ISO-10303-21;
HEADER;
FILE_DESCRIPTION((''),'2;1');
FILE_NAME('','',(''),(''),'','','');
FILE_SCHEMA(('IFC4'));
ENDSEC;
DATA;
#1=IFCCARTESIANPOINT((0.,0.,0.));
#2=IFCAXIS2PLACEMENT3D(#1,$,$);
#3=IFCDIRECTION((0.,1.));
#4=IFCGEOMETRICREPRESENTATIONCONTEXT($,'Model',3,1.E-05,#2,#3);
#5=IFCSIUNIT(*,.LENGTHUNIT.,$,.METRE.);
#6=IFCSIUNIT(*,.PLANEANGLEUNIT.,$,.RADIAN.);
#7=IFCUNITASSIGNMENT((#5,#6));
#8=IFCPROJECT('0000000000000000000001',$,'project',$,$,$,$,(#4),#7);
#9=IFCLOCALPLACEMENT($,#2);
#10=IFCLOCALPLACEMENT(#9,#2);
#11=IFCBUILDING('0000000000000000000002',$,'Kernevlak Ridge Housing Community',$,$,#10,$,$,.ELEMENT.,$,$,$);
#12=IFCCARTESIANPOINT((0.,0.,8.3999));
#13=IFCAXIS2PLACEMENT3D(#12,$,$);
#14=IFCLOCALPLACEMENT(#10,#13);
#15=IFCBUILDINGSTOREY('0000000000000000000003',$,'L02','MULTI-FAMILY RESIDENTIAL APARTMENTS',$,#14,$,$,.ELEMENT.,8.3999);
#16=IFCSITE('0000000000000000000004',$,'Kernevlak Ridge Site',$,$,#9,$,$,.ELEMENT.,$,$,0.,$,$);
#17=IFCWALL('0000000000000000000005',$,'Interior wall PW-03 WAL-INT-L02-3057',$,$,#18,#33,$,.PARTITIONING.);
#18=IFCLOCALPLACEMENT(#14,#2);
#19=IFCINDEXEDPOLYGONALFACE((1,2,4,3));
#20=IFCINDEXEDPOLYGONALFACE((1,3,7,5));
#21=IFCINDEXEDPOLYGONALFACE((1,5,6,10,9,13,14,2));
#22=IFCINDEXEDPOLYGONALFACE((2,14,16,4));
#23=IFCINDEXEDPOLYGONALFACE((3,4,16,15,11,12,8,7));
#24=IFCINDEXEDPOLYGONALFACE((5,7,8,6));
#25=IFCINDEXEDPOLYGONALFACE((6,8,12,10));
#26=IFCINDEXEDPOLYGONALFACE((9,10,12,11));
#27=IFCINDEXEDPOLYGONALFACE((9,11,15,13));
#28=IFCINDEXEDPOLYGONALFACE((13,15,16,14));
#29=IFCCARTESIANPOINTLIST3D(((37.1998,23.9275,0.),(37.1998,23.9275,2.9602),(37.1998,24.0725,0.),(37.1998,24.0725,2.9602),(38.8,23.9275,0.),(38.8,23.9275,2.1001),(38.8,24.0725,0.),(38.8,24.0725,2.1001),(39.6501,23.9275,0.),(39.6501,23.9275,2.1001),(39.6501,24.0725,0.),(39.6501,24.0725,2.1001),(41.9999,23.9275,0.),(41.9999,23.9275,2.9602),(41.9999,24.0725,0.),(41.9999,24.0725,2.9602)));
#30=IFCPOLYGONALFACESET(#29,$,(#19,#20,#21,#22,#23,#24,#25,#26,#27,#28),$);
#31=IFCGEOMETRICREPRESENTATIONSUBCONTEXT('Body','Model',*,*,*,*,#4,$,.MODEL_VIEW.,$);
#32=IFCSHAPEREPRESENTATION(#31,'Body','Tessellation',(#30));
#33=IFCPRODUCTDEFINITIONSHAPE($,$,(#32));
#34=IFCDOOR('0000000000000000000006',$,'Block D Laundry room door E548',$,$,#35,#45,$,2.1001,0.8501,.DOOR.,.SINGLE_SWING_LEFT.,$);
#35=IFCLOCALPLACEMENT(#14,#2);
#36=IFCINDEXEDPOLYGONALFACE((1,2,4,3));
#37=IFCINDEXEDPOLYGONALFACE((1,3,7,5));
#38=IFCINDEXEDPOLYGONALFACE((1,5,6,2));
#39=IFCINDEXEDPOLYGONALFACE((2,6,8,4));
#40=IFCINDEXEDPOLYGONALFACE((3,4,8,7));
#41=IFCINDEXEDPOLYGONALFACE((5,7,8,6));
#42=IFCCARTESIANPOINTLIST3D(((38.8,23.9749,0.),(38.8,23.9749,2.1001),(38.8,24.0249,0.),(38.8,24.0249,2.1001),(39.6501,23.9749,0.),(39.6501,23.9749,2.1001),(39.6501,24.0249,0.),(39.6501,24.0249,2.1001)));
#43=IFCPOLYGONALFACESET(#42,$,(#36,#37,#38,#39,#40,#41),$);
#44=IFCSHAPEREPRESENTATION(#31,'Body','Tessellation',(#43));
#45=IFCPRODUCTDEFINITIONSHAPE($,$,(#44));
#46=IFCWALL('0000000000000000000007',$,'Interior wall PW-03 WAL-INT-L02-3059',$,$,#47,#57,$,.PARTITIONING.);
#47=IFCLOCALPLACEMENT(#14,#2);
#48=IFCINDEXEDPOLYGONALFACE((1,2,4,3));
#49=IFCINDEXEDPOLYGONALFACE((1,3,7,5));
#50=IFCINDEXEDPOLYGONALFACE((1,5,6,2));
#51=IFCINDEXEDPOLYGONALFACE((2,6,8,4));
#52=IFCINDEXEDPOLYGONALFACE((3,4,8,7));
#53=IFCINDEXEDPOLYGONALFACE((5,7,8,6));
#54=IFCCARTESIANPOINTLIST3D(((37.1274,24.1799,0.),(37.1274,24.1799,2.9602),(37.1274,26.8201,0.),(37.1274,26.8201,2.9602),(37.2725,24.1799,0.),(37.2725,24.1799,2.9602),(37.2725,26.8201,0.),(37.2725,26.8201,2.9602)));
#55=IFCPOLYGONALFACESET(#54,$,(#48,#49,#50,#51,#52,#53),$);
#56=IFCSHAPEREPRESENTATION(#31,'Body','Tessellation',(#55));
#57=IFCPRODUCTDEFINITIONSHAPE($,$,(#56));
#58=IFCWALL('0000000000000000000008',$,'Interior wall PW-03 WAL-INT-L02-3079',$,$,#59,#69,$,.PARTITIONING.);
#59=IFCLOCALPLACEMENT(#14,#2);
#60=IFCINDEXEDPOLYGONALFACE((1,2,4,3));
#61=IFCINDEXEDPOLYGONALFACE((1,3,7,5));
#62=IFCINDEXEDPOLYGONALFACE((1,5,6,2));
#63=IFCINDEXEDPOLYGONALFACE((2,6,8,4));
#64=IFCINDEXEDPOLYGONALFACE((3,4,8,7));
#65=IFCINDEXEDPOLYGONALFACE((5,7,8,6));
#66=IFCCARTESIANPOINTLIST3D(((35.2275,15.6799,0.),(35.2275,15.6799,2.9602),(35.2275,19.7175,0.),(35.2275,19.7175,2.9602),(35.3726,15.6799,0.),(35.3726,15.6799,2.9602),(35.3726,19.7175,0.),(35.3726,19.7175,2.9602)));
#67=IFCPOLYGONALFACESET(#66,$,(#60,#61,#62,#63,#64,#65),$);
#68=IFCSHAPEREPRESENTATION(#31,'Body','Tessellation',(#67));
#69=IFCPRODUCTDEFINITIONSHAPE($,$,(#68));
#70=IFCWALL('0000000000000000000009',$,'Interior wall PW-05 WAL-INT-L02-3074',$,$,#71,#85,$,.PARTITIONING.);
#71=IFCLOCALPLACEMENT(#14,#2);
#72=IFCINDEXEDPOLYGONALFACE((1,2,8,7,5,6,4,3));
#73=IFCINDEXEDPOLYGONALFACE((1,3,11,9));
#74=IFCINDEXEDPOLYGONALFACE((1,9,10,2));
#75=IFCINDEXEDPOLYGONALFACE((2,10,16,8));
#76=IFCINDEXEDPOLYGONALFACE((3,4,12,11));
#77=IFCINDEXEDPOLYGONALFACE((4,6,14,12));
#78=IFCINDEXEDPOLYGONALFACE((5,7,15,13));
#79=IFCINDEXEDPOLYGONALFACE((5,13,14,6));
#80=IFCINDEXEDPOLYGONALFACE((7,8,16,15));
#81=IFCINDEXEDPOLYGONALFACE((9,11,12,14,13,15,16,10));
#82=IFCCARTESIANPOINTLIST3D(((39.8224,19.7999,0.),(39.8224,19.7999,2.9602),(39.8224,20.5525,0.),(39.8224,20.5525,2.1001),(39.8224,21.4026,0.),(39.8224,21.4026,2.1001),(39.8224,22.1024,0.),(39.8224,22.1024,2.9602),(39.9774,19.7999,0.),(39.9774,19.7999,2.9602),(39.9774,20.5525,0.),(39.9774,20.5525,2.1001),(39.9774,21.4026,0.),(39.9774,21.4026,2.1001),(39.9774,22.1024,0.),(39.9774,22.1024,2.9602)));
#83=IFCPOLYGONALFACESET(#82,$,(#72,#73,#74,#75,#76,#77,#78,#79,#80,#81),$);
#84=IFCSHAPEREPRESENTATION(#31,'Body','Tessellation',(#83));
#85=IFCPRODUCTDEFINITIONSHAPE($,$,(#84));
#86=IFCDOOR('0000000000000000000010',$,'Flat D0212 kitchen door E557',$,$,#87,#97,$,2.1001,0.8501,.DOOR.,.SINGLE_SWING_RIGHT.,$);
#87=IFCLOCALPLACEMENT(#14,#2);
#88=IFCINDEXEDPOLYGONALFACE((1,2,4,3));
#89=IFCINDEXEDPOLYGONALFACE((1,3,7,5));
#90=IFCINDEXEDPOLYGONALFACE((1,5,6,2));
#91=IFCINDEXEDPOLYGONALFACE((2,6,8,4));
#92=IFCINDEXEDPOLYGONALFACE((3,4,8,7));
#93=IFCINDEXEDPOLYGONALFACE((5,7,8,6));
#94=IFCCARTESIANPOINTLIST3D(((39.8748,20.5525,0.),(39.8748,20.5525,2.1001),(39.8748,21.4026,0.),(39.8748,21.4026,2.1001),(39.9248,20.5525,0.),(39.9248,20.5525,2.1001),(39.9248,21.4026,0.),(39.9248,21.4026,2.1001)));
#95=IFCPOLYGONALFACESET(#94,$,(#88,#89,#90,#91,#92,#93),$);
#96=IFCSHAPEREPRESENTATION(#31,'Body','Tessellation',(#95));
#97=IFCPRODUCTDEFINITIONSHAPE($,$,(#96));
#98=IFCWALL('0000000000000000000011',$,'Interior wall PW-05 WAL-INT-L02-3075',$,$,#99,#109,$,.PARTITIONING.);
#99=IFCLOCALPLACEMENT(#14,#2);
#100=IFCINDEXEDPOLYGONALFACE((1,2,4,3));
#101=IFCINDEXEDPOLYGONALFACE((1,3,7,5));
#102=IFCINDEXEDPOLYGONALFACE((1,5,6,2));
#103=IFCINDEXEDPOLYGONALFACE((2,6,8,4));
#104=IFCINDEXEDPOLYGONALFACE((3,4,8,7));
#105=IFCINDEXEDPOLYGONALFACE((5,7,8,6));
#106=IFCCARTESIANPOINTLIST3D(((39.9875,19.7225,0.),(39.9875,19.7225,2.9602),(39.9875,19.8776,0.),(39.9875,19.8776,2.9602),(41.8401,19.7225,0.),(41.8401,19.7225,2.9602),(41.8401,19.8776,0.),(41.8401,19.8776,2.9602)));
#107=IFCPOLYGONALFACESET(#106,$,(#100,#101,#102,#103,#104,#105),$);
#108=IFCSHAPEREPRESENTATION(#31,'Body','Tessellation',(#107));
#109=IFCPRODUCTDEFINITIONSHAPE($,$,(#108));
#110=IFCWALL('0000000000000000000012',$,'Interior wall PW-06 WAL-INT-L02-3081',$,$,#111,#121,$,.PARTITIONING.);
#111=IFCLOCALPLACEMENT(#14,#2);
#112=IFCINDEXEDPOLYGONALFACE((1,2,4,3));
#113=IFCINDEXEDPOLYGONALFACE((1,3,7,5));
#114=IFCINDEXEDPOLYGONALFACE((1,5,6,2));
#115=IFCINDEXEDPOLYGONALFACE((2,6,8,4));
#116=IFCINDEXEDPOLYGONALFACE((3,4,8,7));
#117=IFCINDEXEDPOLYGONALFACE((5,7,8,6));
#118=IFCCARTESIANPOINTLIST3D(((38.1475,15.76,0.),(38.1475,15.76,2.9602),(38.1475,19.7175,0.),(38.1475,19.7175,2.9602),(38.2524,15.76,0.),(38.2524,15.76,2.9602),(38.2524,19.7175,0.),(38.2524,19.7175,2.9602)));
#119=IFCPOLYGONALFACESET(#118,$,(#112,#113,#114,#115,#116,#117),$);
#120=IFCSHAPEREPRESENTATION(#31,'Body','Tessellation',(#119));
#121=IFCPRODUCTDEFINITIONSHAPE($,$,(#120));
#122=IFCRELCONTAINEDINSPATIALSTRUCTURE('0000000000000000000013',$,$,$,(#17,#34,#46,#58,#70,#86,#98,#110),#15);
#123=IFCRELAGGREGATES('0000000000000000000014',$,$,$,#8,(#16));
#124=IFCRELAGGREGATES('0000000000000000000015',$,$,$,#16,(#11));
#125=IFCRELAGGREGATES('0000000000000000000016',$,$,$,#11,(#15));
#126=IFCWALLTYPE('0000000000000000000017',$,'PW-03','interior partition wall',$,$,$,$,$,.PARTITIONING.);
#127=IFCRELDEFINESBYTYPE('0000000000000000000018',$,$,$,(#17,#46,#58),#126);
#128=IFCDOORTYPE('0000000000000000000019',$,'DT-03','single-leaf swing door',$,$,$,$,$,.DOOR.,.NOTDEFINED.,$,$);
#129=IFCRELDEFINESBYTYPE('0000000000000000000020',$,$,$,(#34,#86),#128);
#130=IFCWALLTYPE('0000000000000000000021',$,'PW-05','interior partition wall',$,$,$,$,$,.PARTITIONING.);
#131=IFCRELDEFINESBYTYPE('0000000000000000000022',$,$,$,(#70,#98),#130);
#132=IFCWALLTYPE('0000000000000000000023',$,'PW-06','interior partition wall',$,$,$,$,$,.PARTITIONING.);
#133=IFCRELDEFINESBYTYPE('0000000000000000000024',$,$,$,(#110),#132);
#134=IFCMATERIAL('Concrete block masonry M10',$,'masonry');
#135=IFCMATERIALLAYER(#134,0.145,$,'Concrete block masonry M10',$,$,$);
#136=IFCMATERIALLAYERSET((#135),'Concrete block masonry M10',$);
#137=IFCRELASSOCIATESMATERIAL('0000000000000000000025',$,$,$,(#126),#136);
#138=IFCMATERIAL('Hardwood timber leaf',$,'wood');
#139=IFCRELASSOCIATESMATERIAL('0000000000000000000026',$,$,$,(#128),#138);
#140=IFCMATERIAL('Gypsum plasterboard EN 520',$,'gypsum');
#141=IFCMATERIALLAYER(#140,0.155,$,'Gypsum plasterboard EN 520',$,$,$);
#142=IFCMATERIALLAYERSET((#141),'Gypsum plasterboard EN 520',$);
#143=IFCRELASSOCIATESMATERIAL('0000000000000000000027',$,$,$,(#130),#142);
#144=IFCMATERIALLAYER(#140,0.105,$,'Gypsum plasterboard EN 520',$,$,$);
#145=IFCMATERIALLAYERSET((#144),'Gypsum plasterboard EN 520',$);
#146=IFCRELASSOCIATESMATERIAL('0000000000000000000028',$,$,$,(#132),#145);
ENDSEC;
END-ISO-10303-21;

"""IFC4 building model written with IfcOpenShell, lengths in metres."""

from ifc_helpers import new_model, si_unit, direction, frame, frame_2d, origin, place, context, subcontext, project, spatial, rectangle, extrude, material, layer, layer_set, type_object, element, fill, save


model = new_model("IFC4")

# Units and contexts
model_context = context("Model", 3, precision=1e-05, world=origin(), true_north=direction((0.0, 1.0)))
body_context = subcontext(model_context, "Body", "Model", "MODEL_VIEW")
ifc_project = project(units=[si_unit("LENGTHUNIT", "METRE"), si_unit("PLANEANGLEUNIT", "RADIAN")], contexts=[model_context])

# Site, building, storey
site_placement = place(None, origin())
site = spatial("IfcSite", under=ifc_project, at=site_placement, Name="Kernevlak Ridge Site", CompositionType="ELEMENT", RefElevation=0.0)
building_placement = place(site_placement, origin())
building = spatial("IfcBuilding", under=site, at=building_placement, Name="Kernevlak Ridge Housing Community", CompositionType="ELEMENT")
storey_placement = place(building_placement, frame((0.0, 0.0, 8.3999)))
storey = spatial("IfcBuildingStorey", under=building, at=storey_placement, Name="L02", Description="MULTI-FAMILY RESIDENTIAL APARTMENTS", CompositionType="ELEMENT", Elevation=8.3999)

# Shared definitions
ifc_material_1 = material(Name="Concrete block masonry M10", Category="masonry")

# Wall, opening, door
ifc_layer_1 = layer(ifc_material_1, 0.145, Name="Concrete block masonry M10")
ifc_layer_set_1 = layer_set([ifc_layer_1], Name="Concrete block masonry M10")
wall_type_1 = type_object("IfcWallType", Name="PW-03", Description="interior partition wall", PredefinedType="PARTITIONING", material=ifc_layer_set_1)
wall_1_placement = place(storey_placement, frame((37.2, 24.0, 0.0), z_axis=(0.0, 0.0, 1.0), x_axis=(1.0, 0.0, 0.0)))
wall_1 = element("IfcWall", 1, at=wall_1_placement, inside=storey, type_object=wall_type_1, Name="Interior wall PW-03 WAL-INT-L02-3057", PredefinedType="PARTITIONING", context=body_context, shape_type="SweptSolid", body=[
    extrude(rectangle(XDim=4.8, YDim=0.145, at=frame_2d((2.3999, 0.0))), origin(), (0.0, 0.0, 1.0), 2.9602),
])
opening_1_placement = place(wall_1_placement, frame((1.6001, 0.0, 0.0)))
opening_1 = element("IfcOpeningElement", 2, at=opening_1_placement, cuts=wall_1, PredefinedType="OPENING", context=body_context, shape_type="SweptSolid", body=[
    extrude(rectangle(XDim=0.8501, YDim=2.1001, at=frame_2d((0.425, 1.05))), frame((0.0, 0.0825, 0.0), z_axis=(0.0, -1.0, 0.0), x_axis=(1.0, 0.0, 0.0)), (0.0, 0.0, 1.0), 0.165),
])
ifc_material_2 = material(Name="Hardwood timber leaf", Category="wood")
door_type_1 = type_object("IfcDoorType", Name="DT-03", Description="single-leaf swing door", OperationType="NOTDEFINED", PredefinedType="DOOR", material=ifc_material_2)
door_1_placement = place(opening_1_placement, origin())
door_1 = element("IfcDoor", 3, at=door_1_placement, inside=storey, type_object=door_type_1, Name="Block D Laundry room door E548", OperationType="SINGLE_SWING_LEFT", OverallHeight=2.1001, OverallWidth=0.8501, PredefinedType="DOOR", context=body_context, shape_type="SweptSolid", body=[
    extrude(rectangle(XDim=0.8501, YDim=2.1001, at=frame_2d((0.425, 1.05))), frame((0.0, 0.0249, 0.0), z_axis=(0.0, -1.0, 0.0), x_axis=(1.0, 0.0, 0.0)), (0.0, 0.0, 1.0), 0.05),
])
fill(opening_1, door_1)

# Walls
wall_2_placement = place(storey_placement, frame((37.2, 24.1799, 0.0), z_axis=(0.0, 0.0, 1.0), x_axis=(0.0, 1.0, 0.0)))
element("IfcWall", 4, at=wall_2_placement, inside=storey, type_object=wall_type_1, Name="Interior wall PW-03 WAL-INT-L02-3059", PredefinedType="PARTITIONING", context=body_context, shape_type="SweptSolid", body=[
    extrude(rectangle(XDim=2.6401, YDim=0.145, at=frame_2d((1.3201, 0.0))), origin(), (0.0, 0.0, 1.0), 2.9602),
])
wall_3_placement = place(storey_placement, frame((35.3, 19.7175, 0.0), z_axis=(0.0, 0.0, 1.0), x_axis=(0.0, -1.0, 0.0)))
element("IfcWall", 5, at=wall_3_placement, inside=storey, type_object=wall_type_1, Name="Interior wall PW-03 WAL-INT-L02-3079", PredefinedType="PARTITIONING", context=body_context, shape_type="SweptSolid", body=[
    extrude(rectangle(XDim=4.0376, YDim=0.145, at=frame_2d((2.0188, 0.0))), origin(), (0.0, 0.0, 1.0), 2.9602),
])

# Wall, opening, door
ifc_material_3 = material(Name="Gypsum plasterboard EN 520", Category="gypsum")
ifc_layer_2 = layer(ifc_material_3, 0.155, Name="Gypsum plasterboard EN 520")
ifc_layer_set_2 = layer_set([ifc_layer_2], Name="Gypsum plasterboard EN 520")
wall_type_2 = type_object("IfcWallType", Name="PW-05", Description="interior partition wall", PredefinedType="PARTITIONING", material=ifc_layer_set_2)
wall_4_placement = place(storey_placement, frame((39.8999, 22.1025, 0.0), z_axis=(0.0, 0.0, 1.0), x_axis=(0.0, -1.0, 0.0)))
wall_4 = element("IfcWall", 6, at=wall_4_placement, inside=storey, type_object=wall_type_2, Name="Interior wall PW-05 WAL-INT-L02-3074", PredefinedType="PARTITIONING", context=body_context, shape_type="SweptSolid", body=[
    extrude(rectangle(XDim=2.3025, YDim=0.155, at=frame_2d((1.1514, 0.0))), origin(), (0.0, 0.0, 1.0), 2.9602),
])
opening_2_placement = place(wall_4_placement, frame((0.7, 0.0, 0.0)))
opening_2 = element("IfcOpeningElement", 7, at=opening_2_placement, cuts=wall_4, PredefinedType="OPENING", context=body_context, shape_type="SweptSolid", body=[
    extrude(rectangle(XDim=0.8501, YDim=2.1001, at=frame_2d((0.425, 1.05))), frame((0.0, 0.0874, 0.0), z_axis=(0.0, -1.0, 0.0), x_axis=(1.0, 0.0, 0.0)), (0.0, 0.0, 1.0), 0.175),
])
door_2_placement = place(opening_2_placement, origin())
door_2 = element("IfcDoor", 8, at=door_2_placement, inside=storey, type_object=door_type_1, Name="Flat D0212 kitchen door E557", OperationType="SINGLE_SWING_RIGHT", OverallHeight=2.1001, OverallWidth=0.8501, PredefinedType="DOOR", context=body_context, shape_type="SweptSolid", body=[
    extrude(rectangle(XDim=0.8501, YDim=2.1001, at=frame_2d((0.425, 1.05))), frame((0.0, 0.0249, 0.0), z_axis=(0.0, -1.0, 0.0), x_axis=(1.0, 0.0, 0.0)), (0.0, 0.0, 1.0), 0.05),
])
fill(opening_2, door_2)

# Walls
wall_5_placement = place(storey_placement, frame((39.9875, 19.8, 0.0), z_axis=(0.0, 0.0, 1.0), x_axis=(1.0, 0.0, 0.0)))
element("IfcWall", 9, at=wall_5_placement, inside=storey, type_object=wall_type_2, Name="Interior wall PW-05 WAL-INT-L02-3075", PredefinedType="PARTITIONING", context=body_context, shape_type="SweptSolid", body=[
    extrude(rectangle(XDim=1.8525, YDim=0.155, at=frame_2d((0.9263, 0.0))), origin(), (0.0, 0.0, 1.0), 2.9602),
])
ifc_layer_3 = layer(ifc_material_3, 0.105, Name="Gypsum plasterboard EN 520")
ifc_layer_set_3 = layer_set([ifc_layer_3], Name="Gypsum plasterboard EN 520")
wall_type_3 = type_object("IfcWallType", Name="PW-06", Description="interior partition wall", PredefinedType="PARTITIONING", material=ifc_layer_set_3)
wall_6_placement = place(storey_placement, frame((38.2, 19.7175, 0.0), z_axis=(0.0, 0.0, 1.0), x_axis=(0.0, -1.0, 0.0)))
element("IfcWall", 10, at=wall_6_placement, inside=storey, type_object=wall_type_3, Name="Interior wall PW-06 WAL-INT-L02-3081", PredefinedType="PARTITIONING", context=body_context, shape_type="SweptSolid", body=[
    extrude(rectangle(XDim=3.9575, YDim=0.105, at=frame_2d((1.9788, 0.0))), origin(), (0.0, 0.0, 1.0), 2.9602),
])

save(model, "model.ifc")
